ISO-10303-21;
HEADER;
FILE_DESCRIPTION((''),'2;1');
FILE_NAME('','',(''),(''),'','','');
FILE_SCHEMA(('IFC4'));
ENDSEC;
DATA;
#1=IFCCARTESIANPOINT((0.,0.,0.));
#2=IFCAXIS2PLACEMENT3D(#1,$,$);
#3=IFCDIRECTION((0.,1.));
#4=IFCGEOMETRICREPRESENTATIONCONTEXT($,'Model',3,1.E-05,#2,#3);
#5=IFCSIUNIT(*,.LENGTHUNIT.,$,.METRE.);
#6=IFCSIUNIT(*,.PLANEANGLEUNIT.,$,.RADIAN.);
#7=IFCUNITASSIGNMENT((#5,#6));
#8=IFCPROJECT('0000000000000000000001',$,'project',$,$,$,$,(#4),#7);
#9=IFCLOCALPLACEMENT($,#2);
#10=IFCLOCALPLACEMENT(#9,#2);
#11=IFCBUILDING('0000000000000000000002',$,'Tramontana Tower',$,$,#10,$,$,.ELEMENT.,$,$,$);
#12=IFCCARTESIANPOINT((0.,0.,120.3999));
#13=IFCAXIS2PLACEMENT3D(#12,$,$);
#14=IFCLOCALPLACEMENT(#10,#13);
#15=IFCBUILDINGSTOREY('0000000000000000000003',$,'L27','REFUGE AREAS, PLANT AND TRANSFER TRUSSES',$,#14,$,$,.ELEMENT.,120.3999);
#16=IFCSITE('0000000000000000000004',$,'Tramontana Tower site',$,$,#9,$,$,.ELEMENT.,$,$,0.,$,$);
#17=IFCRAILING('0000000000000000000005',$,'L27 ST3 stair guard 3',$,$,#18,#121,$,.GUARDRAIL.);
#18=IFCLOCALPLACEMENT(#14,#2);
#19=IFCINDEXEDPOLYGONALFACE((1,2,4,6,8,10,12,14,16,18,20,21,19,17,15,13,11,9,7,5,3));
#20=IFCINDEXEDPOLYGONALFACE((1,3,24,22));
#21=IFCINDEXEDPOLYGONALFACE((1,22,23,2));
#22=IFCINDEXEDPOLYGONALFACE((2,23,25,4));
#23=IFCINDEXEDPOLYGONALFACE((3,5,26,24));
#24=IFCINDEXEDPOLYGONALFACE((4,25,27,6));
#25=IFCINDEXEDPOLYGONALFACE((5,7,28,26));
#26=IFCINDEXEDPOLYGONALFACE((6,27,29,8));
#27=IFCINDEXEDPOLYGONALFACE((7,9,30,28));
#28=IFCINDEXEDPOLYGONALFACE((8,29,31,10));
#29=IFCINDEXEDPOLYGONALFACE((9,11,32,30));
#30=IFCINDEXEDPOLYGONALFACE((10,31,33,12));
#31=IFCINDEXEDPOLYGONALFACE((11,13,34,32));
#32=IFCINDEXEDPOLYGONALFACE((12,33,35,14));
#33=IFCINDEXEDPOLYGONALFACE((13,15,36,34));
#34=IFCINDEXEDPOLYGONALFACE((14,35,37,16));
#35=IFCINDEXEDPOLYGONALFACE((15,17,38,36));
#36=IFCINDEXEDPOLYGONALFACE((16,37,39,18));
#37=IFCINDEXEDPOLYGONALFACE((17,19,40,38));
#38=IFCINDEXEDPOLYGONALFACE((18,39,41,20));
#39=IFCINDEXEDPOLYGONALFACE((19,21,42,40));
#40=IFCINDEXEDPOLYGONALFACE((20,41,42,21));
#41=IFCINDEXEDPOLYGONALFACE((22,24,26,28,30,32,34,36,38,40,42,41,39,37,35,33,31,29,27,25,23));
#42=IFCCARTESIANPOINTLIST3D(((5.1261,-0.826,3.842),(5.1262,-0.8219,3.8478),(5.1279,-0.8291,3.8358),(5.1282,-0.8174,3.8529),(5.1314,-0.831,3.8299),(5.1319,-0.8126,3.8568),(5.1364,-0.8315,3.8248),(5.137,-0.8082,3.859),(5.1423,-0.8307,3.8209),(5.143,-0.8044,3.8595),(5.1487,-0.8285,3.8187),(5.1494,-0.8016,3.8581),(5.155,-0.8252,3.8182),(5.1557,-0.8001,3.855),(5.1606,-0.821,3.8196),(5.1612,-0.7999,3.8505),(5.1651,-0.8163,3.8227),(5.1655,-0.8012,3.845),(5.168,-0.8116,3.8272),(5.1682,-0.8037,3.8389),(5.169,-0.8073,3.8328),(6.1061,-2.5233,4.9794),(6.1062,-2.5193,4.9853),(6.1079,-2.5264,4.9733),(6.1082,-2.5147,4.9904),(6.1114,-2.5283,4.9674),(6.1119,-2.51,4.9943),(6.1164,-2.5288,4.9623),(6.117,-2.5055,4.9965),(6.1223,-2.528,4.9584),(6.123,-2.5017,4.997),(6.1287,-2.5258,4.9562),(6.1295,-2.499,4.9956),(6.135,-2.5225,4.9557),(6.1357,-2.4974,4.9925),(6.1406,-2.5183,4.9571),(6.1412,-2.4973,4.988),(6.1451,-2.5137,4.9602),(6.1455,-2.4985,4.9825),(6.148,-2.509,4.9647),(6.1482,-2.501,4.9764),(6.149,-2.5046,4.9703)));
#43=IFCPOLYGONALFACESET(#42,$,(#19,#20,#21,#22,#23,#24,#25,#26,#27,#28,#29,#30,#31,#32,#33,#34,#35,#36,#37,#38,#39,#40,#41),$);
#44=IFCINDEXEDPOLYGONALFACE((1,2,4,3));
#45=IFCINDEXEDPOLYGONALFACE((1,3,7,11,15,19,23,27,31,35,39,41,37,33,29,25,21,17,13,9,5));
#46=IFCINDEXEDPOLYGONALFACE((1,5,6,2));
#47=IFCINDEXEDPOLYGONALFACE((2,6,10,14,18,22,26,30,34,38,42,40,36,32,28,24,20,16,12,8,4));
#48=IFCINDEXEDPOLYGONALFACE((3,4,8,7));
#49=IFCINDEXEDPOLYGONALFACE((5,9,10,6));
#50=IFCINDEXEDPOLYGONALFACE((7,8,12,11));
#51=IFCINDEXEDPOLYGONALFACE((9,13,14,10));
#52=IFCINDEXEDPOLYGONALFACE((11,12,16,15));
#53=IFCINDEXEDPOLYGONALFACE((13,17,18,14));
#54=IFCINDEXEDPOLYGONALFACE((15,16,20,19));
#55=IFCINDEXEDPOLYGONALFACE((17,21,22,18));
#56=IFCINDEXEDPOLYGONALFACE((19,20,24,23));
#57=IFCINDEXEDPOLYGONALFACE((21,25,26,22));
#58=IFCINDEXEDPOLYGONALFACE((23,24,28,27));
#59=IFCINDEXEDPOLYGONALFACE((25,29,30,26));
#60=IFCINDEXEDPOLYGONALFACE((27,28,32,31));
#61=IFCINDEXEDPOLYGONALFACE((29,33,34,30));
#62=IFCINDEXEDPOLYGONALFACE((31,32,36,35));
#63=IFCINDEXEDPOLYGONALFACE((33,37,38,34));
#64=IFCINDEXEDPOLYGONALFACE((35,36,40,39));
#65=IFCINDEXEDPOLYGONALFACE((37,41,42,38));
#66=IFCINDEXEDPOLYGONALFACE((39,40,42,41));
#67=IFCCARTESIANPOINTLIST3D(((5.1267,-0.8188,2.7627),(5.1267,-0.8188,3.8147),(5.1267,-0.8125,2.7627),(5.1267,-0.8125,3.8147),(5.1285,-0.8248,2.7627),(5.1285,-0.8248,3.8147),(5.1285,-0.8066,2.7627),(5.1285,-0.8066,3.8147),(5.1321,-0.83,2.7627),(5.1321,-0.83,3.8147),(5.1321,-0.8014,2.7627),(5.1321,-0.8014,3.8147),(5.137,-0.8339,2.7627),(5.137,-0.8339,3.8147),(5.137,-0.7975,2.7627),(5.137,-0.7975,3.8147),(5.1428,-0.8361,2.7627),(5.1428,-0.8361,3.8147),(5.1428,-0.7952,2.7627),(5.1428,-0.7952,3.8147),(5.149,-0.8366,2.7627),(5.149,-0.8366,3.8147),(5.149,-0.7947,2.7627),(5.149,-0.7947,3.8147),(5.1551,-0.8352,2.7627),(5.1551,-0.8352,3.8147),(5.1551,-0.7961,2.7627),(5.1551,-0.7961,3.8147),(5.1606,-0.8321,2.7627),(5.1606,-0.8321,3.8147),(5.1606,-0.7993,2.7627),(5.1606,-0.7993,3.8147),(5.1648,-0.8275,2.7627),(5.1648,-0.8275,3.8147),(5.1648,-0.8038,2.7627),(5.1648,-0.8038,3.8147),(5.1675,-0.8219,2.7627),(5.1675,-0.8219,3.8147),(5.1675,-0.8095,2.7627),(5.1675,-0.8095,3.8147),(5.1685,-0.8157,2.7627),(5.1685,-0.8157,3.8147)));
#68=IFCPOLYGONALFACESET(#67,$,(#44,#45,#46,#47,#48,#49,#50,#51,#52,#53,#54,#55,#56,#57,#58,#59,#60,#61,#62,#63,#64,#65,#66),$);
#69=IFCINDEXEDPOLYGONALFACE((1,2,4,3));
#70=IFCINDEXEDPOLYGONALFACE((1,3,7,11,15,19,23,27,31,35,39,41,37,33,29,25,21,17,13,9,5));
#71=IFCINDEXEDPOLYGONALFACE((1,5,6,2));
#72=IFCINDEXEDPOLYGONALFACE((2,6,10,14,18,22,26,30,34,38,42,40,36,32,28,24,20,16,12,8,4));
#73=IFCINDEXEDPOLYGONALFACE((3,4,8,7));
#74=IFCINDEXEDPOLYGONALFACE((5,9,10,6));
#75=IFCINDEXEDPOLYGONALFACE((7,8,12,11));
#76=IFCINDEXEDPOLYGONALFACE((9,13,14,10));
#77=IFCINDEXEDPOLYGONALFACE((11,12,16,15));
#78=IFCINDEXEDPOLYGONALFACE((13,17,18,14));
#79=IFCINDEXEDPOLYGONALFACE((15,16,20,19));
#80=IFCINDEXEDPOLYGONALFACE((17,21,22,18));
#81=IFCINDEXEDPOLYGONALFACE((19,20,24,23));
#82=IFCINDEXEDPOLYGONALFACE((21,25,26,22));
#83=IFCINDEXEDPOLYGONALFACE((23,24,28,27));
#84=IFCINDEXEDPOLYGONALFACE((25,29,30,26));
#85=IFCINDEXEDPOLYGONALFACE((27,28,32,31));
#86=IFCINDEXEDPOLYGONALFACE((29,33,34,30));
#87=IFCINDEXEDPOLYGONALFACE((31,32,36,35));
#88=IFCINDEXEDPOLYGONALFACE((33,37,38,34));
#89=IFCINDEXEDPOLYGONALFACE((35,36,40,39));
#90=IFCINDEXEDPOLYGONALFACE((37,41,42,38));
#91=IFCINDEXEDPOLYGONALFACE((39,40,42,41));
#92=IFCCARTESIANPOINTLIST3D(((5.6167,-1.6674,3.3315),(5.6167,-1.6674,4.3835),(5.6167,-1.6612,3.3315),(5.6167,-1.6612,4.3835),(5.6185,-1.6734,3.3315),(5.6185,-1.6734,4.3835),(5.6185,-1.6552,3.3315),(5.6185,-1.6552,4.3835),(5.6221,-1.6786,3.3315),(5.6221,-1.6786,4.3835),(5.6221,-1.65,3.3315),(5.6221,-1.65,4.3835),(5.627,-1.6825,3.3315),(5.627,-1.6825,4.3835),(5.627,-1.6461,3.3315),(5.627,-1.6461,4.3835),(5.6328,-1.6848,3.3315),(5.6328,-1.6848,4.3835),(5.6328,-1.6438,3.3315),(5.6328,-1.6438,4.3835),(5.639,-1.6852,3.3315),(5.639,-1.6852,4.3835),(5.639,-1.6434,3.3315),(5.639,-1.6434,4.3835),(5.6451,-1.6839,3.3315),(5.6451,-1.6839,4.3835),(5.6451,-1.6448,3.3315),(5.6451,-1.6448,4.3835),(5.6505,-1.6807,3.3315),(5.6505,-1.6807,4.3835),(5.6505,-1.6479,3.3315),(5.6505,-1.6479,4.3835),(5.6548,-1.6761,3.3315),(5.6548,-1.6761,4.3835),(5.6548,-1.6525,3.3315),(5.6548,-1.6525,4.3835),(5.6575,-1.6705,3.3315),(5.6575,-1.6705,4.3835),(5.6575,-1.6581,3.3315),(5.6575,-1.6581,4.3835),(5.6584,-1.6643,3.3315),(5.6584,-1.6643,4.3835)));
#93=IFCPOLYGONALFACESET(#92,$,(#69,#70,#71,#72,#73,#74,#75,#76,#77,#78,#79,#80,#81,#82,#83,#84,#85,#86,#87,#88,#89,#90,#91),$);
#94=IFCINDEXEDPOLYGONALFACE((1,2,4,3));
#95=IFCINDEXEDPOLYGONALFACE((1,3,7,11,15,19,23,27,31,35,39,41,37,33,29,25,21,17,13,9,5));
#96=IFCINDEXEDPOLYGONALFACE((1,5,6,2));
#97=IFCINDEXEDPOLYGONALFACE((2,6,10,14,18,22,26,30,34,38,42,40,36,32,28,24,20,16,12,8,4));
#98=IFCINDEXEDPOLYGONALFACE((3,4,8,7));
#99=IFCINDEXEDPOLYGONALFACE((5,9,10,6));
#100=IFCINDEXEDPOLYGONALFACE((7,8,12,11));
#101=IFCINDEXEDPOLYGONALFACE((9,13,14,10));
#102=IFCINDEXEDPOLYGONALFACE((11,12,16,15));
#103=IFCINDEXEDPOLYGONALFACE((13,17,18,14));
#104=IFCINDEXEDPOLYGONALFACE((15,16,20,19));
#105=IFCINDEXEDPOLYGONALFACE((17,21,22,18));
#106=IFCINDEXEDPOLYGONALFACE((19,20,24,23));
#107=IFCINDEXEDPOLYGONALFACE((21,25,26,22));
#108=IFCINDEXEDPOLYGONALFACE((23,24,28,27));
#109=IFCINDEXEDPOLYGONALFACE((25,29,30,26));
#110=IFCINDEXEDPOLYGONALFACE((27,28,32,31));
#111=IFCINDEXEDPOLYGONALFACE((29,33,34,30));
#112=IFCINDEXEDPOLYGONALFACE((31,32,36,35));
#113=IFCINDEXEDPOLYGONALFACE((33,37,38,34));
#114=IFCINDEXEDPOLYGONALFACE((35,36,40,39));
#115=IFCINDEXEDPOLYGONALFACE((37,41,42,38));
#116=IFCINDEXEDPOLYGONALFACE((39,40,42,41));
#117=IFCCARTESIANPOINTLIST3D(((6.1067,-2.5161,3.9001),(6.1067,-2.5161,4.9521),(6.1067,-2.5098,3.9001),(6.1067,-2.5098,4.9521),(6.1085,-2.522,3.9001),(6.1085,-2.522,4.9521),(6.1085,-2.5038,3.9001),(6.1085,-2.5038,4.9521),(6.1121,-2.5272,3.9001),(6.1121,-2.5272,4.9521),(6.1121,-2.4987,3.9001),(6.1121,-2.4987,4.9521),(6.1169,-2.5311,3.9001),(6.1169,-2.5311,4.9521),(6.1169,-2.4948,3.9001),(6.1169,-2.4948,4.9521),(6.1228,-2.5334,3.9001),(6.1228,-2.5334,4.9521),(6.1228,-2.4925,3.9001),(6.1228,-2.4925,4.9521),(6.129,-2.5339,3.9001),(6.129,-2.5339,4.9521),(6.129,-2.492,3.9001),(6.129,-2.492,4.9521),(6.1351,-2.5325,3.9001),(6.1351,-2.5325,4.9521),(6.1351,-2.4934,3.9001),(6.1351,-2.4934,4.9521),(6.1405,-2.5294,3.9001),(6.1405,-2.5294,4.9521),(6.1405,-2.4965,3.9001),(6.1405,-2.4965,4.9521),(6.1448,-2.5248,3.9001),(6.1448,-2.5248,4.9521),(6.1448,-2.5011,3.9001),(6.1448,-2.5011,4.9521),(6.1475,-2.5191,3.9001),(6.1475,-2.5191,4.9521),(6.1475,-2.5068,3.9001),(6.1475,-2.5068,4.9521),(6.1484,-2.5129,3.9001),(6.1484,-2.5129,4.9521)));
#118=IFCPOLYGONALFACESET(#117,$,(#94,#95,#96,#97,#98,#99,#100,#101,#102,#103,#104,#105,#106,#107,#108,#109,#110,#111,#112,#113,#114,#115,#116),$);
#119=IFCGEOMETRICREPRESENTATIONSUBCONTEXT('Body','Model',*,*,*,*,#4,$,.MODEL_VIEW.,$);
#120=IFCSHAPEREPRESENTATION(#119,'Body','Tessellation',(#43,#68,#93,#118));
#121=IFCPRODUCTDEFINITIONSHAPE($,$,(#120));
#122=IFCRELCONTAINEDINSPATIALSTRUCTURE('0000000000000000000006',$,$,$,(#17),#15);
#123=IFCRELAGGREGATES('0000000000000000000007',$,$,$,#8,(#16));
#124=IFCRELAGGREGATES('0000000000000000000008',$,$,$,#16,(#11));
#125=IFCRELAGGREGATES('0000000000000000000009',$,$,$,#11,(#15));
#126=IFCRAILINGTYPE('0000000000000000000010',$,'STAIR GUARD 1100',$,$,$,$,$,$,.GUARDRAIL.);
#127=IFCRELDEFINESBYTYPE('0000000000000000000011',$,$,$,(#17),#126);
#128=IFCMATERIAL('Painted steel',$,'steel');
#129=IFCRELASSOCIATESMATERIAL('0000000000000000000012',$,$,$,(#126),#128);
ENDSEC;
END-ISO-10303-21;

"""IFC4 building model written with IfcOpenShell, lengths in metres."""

from ifc_helpers import new_model, si_unit, direction, frame, origin, origin_2d, place, context, subcontext, project, spatial, circle, extrude, material, type_object, element, save


model = new_model("IFC4")

# Units and contexts
model_context = context("Model", 3, precision=1e-05, world=origin(), true_north=direction((0.0, 1.0)))
body_context = subcontext(model_context, "Body", "Model", "MODEL_VIEW")
ifc_project = project(units=[si_unit("LENGTHUNIT", "METRE"), si_unit("PLANEANGLEUNIT", "RADIAN")], contexts=[model_context])

# Site, building, storey
site_placement = place(None, origin())
site = spatial("IfcSite", under=ifc_project, at=site_placement, Name="Tramontana Tower site", CompositionType="ELEMENT", RefElevation=0.0)
building_placement = place(site_placement, origin())
building = spatial("IfcBuilding", under=site, at=building_placement, Name="Tramontana Tower", CompositionType="ELEMENT")
storey_placement = place(building_placement, frame((0.0, 0.0, 120.3999)))
storey = spatial("IfcBuildingStorey", under=building, at=storey_placement, Name="L27", Description="REFUGE AREAS, PLANT AND TRANSFER TRUSSES", CompositionType="ELEMENT", Elevation=120.3999)

# Railing
ifc_material_1 = material(Name="Painted steel", Category="steel")
railing_type_1 = type_object("IfcRailingType", Name="STAIR GUARD 1100", PredefinedType="GUARDRAIL", material=ifc_material_1)
railing_1_placement = place(storey_placement, frame((5.1475, -0.8157, 2.7627)))
element("IfcRailing", 1, at=railing_1_placement, inside=storey, type_object=railing_type_1, Name="L27 ST3 stair guard 3", PredefinedType="GUARDRAIL", context=body_context, shape_type="SweptSolid", body=[
    extrude(circle(Radius=0.0239, at=origin_2d()), frame((0.0, 0.0, 1.0762), z_axis=(0.432467, -0.749006, 0.501959), x_axis=(0.866011, 0.500024, 0.0)), (0.0, 0.0, 1.0), 2.2661),
    extrude(circle(Radius=0.021, at=origin_2d()), origin(), (0.0, 0.0, 1.0), 1.052),
    extrude(circle(Radius=0.021, at=origin_2d()), frame((0.49, -0.8486, 0.5688)), (0.0, 0.0, 1.0), 1.052),
    extrude(circle(Radius=0.021, at=origin_2d()), frame((0.98, -1.6973, 1.1375)), (0.0, 0.0, 1.0), 1.052),
])

save(model, "model.ifc")
